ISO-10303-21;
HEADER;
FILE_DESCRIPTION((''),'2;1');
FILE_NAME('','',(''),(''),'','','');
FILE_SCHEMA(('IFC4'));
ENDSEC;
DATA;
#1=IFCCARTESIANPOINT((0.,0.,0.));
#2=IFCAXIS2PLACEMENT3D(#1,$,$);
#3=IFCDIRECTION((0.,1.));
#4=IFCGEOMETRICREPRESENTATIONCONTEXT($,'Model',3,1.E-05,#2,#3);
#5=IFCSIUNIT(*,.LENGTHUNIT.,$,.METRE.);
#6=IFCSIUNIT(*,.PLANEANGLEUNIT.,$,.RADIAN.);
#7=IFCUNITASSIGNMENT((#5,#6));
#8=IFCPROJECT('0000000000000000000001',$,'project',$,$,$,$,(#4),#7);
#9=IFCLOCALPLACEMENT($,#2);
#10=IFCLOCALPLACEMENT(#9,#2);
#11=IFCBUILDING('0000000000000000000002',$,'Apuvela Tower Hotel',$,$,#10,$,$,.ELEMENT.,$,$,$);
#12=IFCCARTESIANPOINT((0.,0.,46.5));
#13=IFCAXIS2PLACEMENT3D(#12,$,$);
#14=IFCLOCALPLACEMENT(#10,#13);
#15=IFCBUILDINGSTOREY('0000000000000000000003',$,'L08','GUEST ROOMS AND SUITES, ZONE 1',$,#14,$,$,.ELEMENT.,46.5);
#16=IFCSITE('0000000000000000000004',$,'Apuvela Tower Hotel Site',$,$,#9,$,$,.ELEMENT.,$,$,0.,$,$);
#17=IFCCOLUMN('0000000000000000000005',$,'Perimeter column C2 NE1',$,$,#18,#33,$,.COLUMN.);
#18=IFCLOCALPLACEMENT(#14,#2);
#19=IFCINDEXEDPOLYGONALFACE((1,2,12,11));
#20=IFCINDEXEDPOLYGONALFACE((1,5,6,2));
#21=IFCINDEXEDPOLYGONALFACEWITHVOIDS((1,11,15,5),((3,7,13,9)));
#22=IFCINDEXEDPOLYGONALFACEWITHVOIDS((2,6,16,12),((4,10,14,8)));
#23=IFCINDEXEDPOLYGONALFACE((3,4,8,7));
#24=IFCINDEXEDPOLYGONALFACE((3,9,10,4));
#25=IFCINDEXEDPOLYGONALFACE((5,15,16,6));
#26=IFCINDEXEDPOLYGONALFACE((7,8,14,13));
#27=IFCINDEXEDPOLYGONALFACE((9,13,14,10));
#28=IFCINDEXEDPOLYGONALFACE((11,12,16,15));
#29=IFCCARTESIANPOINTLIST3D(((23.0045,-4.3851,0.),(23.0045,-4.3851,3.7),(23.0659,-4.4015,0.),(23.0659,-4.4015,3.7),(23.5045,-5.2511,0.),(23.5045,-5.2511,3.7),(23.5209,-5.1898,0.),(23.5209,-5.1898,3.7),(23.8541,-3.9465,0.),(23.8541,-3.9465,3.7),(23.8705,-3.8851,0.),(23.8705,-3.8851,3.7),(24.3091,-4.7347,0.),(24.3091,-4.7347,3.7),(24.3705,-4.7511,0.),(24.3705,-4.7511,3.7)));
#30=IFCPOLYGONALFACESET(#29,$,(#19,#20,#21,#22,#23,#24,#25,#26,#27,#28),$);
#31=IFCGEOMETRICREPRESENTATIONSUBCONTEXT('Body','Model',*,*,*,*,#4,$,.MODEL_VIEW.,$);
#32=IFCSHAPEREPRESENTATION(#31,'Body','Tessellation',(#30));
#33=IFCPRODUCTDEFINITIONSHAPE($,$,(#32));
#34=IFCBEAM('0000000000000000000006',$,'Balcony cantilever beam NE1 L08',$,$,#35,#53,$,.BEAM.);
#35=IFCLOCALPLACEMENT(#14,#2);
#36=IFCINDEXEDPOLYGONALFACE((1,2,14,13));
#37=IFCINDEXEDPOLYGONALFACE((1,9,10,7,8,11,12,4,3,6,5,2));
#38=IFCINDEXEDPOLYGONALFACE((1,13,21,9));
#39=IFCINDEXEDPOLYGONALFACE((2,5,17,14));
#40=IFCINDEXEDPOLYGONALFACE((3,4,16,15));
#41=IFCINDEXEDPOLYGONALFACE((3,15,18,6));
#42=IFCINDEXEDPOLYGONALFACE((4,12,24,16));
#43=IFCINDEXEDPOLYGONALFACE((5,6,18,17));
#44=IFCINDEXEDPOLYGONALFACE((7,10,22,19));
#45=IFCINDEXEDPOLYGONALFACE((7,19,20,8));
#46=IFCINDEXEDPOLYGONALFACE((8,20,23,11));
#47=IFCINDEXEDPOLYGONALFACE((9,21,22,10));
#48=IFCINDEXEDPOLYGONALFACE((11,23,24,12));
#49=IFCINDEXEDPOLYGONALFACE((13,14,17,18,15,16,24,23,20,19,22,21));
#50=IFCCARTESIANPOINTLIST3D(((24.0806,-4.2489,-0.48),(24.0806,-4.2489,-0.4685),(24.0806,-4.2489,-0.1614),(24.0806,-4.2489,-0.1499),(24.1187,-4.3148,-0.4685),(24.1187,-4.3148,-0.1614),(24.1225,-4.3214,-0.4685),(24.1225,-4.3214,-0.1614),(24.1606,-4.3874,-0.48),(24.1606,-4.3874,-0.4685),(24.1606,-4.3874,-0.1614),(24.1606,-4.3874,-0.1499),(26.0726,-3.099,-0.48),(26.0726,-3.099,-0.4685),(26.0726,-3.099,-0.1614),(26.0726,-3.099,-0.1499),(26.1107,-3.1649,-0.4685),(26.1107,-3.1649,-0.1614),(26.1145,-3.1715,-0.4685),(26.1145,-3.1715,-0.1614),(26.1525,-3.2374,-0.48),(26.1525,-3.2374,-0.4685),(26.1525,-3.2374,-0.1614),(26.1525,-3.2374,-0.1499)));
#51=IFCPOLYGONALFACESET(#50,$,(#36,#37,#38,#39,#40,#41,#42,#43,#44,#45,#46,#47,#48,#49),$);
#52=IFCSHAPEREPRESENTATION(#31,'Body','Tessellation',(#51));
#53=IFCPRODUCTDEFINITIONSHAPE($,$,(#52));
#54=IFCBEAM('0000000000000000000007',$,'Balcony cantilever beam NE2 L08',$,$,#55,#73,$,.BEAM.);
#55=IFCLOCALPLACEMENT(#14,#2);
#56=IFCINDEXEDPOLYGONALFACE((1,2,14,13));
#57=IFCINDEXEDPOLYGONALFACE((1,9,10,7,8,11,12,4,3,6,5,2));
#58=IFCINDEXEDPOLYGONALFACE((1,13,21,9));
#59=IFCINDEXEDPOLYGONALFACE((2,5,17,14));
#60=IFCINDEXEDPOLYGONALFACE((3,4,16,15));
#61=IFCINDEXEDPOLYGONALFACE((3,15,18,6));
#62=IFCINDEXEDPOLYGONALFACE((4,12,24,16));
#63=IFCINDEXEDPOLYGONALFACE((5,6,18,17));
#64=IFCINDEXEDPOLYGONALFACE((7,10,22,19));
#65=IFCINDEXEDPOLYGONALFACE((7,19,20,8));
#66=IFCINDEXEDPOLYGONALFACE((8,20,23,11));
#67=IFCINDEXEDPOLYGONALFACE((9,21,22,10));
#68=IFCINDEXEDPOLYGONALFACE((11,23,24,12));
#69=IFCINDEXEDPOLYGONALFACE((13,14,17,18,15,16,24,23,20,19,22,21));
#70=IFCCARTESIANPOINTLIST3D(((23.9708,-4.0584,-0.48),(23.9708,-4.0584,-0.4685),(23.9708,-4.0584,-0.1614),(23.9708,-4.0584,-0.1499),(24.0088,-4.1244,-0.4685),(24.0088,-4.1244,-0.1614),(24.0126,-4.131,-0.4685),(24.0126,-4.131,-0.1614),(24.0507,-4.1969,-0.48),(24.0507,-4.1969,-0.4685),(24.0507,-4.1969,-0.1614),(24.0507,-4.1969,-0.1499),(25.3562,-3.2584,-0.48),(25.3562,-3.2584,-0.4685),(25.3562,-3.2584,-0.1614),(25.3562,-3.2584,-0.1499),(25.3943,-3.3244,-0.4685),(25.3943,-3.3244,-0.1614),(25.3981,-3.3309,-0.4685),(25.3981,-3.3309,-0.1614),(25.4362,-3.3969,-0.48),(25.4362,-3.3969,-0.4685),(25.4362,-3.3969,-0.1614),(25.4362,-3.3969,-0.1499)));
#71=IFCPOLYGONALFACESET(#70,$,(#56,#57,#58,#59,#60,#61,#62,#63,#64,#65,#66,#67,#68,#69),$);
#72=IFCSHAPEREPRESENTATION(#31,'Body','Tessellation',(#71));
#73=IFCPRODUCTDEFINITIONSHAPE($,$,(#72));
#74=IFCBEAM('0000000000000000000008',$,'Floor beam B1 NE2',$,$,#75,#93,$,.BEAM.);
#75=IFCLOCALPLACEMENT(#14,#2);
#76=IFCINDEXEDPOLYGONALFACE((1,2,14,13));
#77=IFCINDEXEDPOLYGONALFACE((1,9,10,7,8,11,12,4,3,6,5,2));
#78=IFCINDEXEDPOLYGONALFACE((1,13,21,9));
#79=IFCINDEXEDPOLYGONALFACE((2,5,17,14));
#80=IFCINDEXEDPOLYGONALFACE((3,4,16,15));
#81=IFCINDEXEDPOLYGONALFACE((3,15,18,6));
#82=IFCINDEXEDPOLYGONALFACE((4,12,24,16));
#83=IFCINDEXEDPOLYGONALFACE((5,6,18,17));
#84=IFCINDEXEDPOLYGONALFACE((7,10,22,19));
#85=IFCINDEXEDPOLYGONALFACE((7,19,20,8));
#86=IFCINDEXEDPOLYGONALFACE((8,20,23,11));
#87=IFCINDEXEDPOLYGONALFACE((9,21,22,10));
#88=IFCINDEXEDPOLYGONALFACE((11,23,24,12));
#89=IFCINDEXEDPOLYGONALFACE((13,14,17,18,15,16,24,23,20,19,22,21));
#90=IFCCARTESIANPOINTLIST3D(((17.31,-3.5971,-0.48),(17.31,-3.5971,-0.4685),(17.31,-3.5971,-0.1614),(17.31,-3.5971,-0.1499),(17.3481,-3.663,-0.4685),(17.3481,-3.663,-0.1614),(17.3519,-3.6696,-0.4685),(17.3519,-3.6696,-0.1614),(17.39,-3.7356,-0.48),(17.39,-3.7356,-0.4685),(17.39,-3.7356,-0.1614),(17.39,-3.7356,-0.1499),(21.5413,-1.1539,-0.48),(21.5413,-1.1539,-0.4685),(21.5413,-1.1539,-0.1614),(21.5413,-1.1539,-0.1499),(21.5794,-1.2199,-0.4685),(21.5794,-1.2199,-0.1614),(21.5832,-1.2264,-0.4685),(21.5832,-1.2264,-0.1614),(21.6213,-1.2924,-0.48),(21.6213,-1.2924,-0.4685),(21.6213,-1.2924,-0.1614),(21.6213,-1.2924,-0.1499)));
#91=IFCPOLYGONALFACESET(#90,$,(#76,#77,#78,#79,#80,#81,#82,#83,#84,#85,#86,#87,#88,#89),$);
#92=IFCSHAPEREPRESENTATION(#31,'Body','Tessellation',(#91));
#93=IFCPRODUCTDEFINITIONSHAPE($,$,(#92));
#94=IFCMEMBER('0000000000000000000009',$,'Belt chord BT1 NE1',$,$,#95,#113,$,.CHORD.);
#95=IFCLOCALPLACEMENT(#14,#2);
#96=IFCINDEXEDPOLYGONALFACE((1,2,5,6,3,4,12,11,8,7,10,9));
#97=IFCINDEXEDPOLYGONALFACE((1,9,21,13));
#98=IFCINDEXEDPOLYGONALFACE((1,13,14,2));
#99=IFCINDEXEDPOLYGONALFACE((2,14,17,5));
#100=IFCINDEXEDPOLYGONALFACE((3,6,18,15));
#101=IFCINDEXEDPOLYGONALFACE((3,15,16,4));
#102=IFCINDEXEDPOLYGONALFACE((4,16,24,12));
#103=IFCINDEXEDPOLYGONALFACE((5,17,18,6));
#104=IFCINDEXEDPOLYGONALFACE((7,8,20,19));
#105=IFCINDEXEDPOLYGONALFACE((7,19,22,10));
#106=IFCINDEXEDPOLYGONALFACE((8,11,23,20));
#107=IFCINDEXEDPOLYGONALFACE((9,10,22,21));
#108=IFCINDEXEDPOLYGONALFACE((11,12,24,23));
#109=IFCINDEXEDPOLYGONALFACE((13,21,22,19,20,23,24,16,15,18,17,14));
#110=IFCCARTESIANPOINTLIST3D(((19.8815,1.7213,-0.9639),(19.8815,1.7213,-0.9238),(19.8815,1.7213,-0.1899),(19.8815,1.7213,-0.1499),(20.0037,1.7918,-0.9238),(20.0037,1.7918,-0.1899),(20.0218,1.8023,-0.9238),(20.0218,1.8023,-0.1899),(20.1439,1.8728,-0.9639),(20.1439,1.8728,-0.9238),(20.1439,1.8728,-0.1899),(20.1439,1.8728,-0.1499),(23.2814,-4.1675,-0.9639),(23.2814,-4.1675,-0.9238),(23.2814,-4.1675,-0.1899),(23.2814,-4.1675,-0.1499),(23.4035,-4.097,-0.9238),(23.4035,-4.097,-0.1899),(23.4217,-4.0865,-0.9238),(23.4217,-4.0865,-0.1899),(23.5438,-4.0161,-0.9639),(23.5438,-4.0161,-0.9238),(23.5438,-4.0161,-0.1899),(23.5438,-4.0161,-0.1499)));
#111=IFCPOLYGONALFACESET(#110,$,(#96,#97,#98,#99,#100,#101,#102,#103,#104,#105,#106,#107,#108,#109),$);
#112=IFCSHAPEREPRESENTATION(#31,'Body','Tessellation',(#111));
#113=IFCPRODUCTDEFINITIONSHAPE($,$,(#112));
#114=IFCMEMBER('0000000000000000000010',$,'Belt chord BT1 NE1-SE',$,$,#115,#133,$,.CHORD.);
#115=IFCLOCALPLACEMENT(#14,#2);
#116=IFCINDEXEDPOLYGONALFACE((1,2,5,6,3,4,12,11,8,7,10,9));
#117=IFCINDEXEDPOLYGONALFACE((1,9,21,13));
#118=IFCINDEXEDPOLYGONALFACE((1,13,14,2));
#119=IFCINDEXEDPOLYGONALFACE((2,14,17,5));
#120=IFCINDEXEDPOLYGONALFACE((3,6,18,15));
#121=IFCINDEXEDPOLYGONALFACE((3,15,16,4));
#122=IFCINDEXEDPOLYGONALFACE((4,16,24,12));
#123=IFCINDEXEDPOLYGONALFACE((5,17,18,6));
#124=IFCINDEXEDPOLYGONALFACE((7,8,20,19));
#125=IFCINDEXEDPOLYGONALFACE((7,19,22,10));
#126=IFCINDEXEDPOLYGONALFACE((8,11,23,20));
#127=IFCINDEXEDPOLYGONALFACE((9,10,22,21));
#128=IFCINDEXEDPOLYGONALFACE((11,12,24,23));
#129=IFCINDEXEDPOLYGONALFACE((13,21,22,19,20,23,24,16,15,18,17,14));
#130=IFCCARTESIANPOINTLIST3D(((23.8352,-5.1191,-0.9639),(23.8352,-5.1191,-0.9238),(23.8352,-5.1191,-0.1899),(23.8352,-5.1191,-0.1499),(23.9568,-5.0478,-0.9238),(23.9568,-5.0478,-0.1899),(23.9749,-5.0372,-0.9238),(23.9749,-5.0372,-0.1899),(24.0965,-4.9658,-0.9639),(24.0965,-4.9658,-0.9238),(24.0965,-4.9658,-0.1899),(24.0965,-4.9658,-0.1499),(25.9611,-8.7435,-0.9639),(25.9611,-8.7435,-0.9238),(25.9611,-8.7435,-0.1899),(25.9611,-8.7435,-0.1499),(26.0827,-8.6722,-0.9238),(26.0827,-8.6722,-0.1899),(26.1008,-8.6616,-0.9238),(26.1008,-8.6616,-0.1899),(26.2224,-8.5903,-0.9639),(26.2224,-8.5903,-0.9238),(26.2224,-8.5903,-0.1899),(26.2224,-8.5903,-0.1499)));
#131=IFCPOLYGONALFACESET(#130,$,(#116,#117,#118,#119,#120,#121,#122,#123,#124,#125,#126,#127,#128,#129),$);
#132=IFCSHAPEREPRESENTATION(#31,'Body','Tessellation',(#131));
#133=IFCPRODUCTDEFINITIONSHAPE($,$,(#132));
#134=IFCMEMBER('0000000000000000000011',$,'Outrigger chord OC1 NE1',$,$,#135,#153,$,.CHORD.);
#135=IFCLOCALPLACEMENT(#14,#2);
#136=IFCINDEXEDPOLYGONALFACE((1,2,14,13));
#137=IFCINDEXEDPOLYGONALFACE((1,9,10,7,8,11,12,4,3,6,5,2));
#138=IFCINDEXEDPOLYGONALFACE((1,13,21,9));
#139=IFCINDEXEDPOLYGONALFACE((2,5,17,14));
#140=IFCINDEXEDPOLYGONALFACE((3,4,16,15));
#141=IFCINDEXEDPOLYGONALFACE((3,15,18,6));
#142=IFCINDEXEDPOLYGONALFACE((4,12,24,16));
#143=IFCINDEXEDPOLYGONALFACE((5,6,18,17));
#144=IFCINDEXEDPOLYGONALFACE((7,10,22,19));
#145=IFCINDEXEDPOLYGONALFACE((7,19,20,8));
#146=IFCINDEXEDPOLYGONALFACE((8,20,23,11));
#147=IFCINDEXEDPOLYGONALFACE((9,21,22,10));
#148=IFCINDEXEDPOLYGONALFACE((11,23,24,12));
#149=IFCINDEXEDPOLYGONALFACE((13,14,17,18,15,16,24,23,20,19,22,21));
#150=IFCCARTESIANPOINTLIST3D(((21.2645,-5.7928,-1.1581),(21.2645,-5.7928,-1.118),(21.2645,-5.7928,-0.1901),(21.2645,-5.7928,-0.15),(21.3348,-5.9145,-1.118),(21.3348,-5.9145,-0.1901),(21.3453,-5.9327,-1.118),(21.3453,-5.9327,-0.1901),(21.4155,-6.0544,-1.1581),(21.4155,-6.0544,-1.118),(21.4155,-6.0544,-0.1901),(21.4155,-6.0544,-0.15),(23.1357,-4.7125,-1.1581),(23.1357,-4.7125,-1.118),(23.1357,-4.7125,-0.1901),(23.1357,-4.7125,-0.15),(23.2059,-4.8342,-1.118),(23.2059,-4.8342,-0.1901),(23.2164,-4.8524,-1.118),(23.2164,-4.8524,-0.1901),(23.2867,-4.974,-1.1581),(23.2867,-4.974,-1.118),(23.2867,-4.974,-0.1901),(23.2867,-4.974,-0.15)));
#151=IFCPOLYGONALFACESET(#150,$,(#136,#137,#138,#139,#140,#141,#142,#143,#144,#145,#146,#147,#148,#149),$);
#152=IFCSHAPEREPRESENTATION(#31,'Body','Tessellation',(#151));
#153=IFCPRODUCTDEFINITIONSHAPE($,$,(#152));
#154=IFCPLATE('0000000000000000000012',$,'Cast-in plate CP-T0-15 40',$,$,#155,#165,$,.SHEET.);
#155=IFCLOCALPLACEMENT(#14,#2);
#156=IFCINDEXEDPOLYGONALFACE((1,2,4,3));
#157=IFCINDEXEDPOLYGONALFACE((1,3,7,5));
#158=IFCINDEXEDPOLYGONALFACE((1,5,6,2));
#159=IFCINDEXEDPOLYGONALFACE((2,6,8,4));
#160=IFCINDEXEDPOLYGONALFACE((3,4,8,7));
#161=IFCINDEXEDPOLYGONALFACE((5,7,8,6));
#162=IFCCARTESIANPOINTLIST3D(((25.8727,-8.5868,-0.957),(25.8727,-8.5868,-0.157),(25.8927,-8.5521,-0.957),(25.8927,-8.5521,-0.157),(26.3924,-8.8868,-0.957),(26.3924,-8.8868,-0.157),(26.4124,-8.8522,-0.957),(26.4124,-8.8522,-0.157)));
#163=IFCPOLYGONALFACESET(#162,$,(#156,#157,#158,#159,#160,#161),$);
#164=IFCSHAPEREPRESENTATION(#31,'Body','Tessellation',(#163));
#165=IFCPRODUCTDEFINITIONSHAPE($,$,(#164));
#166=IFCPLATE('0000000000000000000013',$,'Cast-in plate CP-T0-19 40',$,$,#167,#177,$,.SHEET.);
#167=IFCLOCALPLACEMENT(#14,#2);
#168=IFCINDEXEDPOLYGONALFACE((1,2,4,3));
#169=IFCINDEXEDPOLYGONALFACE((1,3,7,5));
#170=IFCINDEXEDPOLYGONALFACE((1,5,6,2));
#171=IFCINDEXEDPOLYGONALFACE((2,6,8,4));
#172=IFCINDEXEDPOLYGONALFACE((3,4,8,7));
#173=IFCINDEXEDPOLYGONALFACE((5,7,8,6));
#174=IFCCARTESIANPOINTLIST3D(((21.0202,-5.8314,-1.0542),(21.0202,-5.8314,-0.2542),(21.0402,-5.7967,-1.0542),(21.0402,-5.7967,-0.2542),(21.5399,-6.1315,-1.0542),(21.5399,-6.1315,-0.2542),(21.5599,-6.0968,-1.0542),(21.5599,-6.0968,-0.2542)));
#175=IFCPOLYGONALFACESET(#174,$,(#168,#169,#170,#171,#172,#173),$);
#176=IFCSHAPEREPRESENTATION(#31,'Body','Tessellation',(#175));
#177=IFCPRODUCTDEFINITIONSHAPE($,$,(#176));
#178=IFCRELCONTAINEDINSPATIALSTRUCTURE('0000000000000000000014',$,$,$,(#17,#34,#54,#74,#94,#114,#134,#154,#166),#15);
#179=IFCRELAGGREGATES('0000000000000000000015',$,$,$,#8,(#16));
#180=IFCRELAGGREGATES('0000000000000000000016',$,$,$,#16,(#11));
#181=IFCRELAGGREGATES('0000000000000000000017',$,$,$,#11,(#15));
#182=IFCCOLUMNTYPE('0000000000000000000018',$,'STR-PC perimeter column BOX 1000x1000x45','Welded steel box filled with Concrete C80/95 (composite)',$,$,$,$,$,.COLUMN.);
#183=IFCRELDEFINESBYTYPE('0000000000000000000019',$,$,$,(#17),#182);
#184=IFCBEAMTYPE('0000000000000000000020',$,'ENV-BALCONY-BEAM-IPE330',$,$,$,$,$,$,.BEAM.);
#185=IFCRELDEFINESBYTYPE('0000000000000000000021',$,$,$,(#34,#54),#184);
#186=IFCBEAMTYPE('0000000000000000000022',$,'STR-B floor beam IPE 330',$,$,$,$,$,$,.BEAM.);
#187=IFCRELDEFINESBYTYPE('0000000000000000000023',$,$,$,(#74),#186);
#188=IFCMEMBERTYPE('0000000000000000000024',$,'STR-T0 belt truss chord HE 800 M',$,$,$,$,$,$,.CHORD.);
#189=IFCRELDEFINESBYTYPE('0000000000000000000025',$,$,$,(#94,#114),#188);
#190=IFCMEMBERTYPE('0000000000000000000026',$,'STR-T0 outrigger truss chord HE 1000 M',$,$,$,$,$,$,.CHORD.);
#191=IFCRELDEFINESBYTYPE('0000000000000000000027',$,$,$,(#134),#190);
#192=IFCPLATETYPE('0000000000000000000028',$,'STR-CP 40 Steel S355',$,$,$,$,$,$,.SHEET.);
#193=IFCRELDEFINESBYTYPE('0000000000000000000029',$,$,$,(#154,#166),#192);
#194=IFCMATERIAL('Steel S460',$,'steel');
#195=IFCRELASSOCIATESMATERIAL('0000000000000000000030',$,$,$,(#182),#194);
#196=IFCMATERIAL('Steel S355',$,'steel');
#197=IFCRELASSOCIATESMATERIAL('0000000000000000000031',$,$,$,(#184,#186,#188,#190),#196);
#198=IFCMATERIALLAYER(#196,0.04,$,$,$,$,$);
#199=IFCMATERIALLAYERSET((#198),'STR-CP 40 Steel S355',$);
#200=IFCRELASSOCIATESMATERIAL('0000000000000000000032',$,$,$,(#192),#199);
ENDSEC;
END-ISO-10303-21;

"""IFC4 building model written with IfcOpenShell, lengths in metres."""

from ifc_helpers import new_model, si_unit, direction, frame, origin, origin_2d, place, context, subcontext, project, spatial, rectangle, hollow_rectangle, i_section, extrude, material, layer, layer_set, material_profile, profile_set, type_object, element, save


model = new_model("IFC4")

# Units and contexts
model_context = context("Model", 3, precision=1e-05, world=origin(), true_north=direction((0.0, 1.0)))
body_context = subcontext(model_context, "Body", "Model", "MODEL_VIEW")
ifc_project = project(units=[si_unit("LENGTHUNIT", "METRE"), si_unit("PLANEANGLEUNIT", "RADIAN")], contexts=[model_context])

# Site, building, storey
site_placement = place(None, origin())
site = spatial("IfcSite", under=ifc_project, at=site_placement, Name="Apuvela Tower Hotel Site", CompositionType="ELEMENT", RefElevation=0.0)
building_placement = place(site_placement, origin())
building = spatial("IfcBuilding", under=site, at=building_placement, Name="Apuvela Tower Hotel", CompositionType="ELEMENT")
storey_placement = place(building_placement, frame((0.0, 0.0, 46.5)))
storey = spatial("IfcBuildingStorey", under=building, at=storey_placement, Name="L08", Description="GUEST ROOMS AND SUITES, ZONE 1", CompositionType="ELEMENT", Elevation=46.5)

# Column
ifc_material_1 = material(Name="Steel S460", Category="steel")
ifc_material_profile_1 = material_profile(ifc_material_1, hollow_rectangle(XDim=1.0, YDim=1.0, WallThickness=0.0449, at=origin_2d()), Name="BOX 1000x1000x45")
ifc_material_2 = material(Name="Concrete C80/95", Category="concrete")
ifc_material_profile_2 = material_profile(ifc_material_2, rectangle(XDim=0.9099, YDim=0.9099, at=origin_2d()), Name="Concrete C80/95 infill")
ifc_profile_set_1 = profile_set([ifc_material_profile_1, ifc_material_profile_2], Name="Steel S460")
column_type = type_object("IfcColumnType", Name="STR-PC perimeter column BOX 1000x1000x45", Description="Welded steel box filled with Concrete C80/95 (composite)", PredefinedType="COLUMN", material=ifc_profile_set_1)
column_placement = place(storey_placement, frame((23.6875, -4.5681, 0.0), z_axis=(0.0, 0.0, 1.0), x_axis=(-0.5, 0.866025, 0.0)))
element("IfcColumn", 1, at=column_placement, inside=storey, type_object=column_type, Name="Perimeter column C2 NE1", PredefinedType="COLUMN", context=body_context, shape_type="SweptSolid", body=[
    extrude(hollow_rectangle(XDim=1.0, YDim=1.0, WallThickness=0.0449, at=origin_2d()), origin(), (0.0, 0.0, 1.0), 3.7),
])

# Beams
ifc_material_3 = material(Name="Steel S355", Category="steel")
ifc_material_profile_3 = material_profile(ifc_material_3, i_section(OverallWidth=0.1599, OverallDepth=0.3301, WebThickness=0.0076, FlangeThickness=0.0115, at=origin_2d()), Name="IPE 330")
ifc_profile_set_2 = profile_set([ifc_material_profile_3], Name="Steel S355")
beam_type_1 = type_object("IfcBeamType", Name="ENV-BALCONY-BEAM-IPE330", PredefinedType="BEAM", material=ifc_profile_set_2)
beam_1_placement = place(storey_placement, frame((24.1206, -4.3181, -0.3149), z_axis=(0.866053, 0.499952, 0.0), x_axis=(-0.499952, 0.866053, 0.0)))
element("IfcBeam", 2, at=beam_1_placement, inside=storey, type_object=beam_type_1, Name="Balcony cantilever beam NE1 L08", PredefinedType="BEAM", context=body_context, shape_type="SweptSolid", body=[
    extrude(i_section(OverallWidth=0.1599, OverallDepth=0.3301, WebThickness=0.0076, FlangeThickness=0.0115, at=origin_2d()), origin(), (0.0, 0.0, 1.0), 2.3),
])
beam_2_placement = place(storey_placement, frame((24.0107, -4.1277, -0.3149), z_axis=(0.86599, 0.500061, 0.0), x_axis=(-0.500061, 0.86599, 0.0)))
element("IfcBeam", 3, at=beam_2_placement, inside=storey, type_object=beam_type_1, Name="Balcony cantilever beam NE2 L08", PredefinedType="BEAM", context=body_context, shape_type="SweptSolid", body=[
    extrude(i_section(OverallWidth=0.1599, OverallDepth=0.3301, WebThickness=0.0076, FlangeThickness=0.0115, at=origin_2d()), origin(), (0.0, 0.0, 1.0), 1.5999),
])
ifc_material_profile_4 = material_profile(ifc_material_3, i_section(OverallWidth=0.1599, OverallDepth=0.3301, WebThickness=0.0076, FlangeThickness=0.0115, at=origin_2d()), Name="IPE 330")
ifc_profile_set_3 = profile_set([ifc_material_profile_4], Name="Steel S355")
beam_type_2 = type_object("IfcBeamType", Name="STR-B floor beam IPE 330", PredefinedType="BEAM", material=ifc_profile_set_3)
beam_3_placement = place(storey_placement, frame((21.5813, -1.2231, -0.3149), z_axis=(-0.866005, -0.500035, 0.0), x_axis=(0.500035, -0.866005, 0.0)))
element("IfcBeam", 4, at=beam_3_placement, inside=storey, type_object=beam_type_2, Name="Floor beam B1 NE2", PredefinedType="BEAM", context=body_context, shape_type="SweptSolid", body=[
    extrude(i_section(OverallWidth=0.1599, OverallDepth=0.3301, WebThickness=0.0076, FlangeThickness=0.0115, at=origin_2d()), origin(), (0.0, 0.0, 1.0), 4.886),
])

# Members
ifc_material_profile_5 = material_profile(ifc_material_3, i_section(OverallWidth=0.303, OverallDepth=0.814, WebThickness=0.021, FlangeThickness=0.04, at=origin_2d()), Name="HE 800 M")
ifc_profile_set_4 = profile_set([ifc_material_profile_5], Name="Steel S355")
member_type_1 = type_object("IfcMemberType", Name="STR-T0 belt truss chord HE 800 M", PredefinedType="CHORD", material=ifc_profile_set_4)
member_1_placement = place(storey_placement, frame((23.4126, -4.0918, -0.5569), z_axis=(-0.499993, 0.86603, 0.0), x_axis=(-0.86603, -0.499993, 0.0)))
element("IfcMember", 5, at=member_1_placement, inside=storey, type_object=member_type_1, Name="Belt chord BT1 NE1", PredefinedType="CHORD", context=body_context, shape_type="SweptSolid", body=[
    extrude(i_section(OverallWidth=0.303, OverallDepth=0.814, WebThickness=0.021, FlangeThickness=0.04, at=origin_2d()), origin(), (0.0, 0.0, 1.0), 6.7998),
])
member_2_placement = place(storey_placement, frame((23.9658, -5.0425, -0.5569), z_axis=(0.505943, -0.862567, 0.0), x_axis=(0.862567, 0.505943, 0.0)))
element("IfcMember", 6, at=member_2_placement, inside=storey, type_object=member_type_1, Name="Belt chord BT1 NE1-SE", PredefinedType="CHORD", context=body_context, shape_type="SweptSolid", body=[
    extrude(i_section(OverallWidth=0.303, OverallDepth=0.814, WebThickness=0.021, FlangeThickness=0.04, at=origin_2d()), origin(), (0.0, 0.0, 1.0), 4.2019),
])
ifc_material_profile_6 = material_profile(ifc_material_3, i_section(OverallWidth=0.302, OverallDepth=1.0081, WebThickness=0.021, FlangeThickness=0.04, at=origin_2d()), Name="HE 1000 M")
ifc_profile_set_5 = profile_set([ifc_material_profile_6], Name="Steel S355")
member_type_2 = type_object("IfcMemberType", Name="STR-T0 outrigger truss chord HE 1000 M", PredefinedType="CHORD", material=ifc_profile_set_5)
member_3_placement = place(storey_placement, frame((23.2112, -4.8433, -0.6541), z_axis=(-0.866016, -0.500016, 0.0), x_axis=(0.500016, -0.866016, 0.0)))
element("IfcMember", 7, at=member_3_placement, inside=storey, type_object=member_type_2, Name="Outrigger chord OC1 NE1", PredefinedType="CHORD", context=body_context, shape_type="SweptSolid", body=[
    extrude(i_section(OverallWidth=0.302, OverallDepth=1.0081, WebThickness=0.021, FlangeThickness=0.04, at=origin_2d()), origin(), (0.0, 0.0, 1.0), 2.1606),
])

# Plates
ifc_layer_1 = layer(ifc_material_3, 0.04)
ifc_layer_set_1 = layer_set([ifc_layer_1], Name="STR-CP 40 Steel S355")
plate_type = type_object("IfcPlateType", Name="STR-CP 40 Steel S355", PredefinedType="SHEET", material=ifc_layer_set_1)
for number, where, z_axis, x_axis, name in (
    (8, (26.1426, -8.7195, -0.957), (0.0, 0.0, 1.0), (0.5, 0.866025, 0.0), "Cast-in plate CP-T0-15 40"),
    (9, (21.29, -5.9641, -1.0542), (0.0, 0.0, 1.0), (-0.5, -0.866025, 0.0), "Cast-in plate CP-T0-19 40"),
):
    element("IfcPlate", number, at=place(storey_placement, frame(where, z_axis=z_axis, x_axis=x_axis)), inside=storey, type_object=plate_type, Name=name, PredefinedType="SHEET", context=body_context, shape_type="SweptSolid", body=[
        extrude(rectangle(XDim=0.04, YDim=0.6001, at=origin_2d()), origin(), (0.0, 0.0, 1.0), 0.8),
    ])

save(model, "model.ifc")
